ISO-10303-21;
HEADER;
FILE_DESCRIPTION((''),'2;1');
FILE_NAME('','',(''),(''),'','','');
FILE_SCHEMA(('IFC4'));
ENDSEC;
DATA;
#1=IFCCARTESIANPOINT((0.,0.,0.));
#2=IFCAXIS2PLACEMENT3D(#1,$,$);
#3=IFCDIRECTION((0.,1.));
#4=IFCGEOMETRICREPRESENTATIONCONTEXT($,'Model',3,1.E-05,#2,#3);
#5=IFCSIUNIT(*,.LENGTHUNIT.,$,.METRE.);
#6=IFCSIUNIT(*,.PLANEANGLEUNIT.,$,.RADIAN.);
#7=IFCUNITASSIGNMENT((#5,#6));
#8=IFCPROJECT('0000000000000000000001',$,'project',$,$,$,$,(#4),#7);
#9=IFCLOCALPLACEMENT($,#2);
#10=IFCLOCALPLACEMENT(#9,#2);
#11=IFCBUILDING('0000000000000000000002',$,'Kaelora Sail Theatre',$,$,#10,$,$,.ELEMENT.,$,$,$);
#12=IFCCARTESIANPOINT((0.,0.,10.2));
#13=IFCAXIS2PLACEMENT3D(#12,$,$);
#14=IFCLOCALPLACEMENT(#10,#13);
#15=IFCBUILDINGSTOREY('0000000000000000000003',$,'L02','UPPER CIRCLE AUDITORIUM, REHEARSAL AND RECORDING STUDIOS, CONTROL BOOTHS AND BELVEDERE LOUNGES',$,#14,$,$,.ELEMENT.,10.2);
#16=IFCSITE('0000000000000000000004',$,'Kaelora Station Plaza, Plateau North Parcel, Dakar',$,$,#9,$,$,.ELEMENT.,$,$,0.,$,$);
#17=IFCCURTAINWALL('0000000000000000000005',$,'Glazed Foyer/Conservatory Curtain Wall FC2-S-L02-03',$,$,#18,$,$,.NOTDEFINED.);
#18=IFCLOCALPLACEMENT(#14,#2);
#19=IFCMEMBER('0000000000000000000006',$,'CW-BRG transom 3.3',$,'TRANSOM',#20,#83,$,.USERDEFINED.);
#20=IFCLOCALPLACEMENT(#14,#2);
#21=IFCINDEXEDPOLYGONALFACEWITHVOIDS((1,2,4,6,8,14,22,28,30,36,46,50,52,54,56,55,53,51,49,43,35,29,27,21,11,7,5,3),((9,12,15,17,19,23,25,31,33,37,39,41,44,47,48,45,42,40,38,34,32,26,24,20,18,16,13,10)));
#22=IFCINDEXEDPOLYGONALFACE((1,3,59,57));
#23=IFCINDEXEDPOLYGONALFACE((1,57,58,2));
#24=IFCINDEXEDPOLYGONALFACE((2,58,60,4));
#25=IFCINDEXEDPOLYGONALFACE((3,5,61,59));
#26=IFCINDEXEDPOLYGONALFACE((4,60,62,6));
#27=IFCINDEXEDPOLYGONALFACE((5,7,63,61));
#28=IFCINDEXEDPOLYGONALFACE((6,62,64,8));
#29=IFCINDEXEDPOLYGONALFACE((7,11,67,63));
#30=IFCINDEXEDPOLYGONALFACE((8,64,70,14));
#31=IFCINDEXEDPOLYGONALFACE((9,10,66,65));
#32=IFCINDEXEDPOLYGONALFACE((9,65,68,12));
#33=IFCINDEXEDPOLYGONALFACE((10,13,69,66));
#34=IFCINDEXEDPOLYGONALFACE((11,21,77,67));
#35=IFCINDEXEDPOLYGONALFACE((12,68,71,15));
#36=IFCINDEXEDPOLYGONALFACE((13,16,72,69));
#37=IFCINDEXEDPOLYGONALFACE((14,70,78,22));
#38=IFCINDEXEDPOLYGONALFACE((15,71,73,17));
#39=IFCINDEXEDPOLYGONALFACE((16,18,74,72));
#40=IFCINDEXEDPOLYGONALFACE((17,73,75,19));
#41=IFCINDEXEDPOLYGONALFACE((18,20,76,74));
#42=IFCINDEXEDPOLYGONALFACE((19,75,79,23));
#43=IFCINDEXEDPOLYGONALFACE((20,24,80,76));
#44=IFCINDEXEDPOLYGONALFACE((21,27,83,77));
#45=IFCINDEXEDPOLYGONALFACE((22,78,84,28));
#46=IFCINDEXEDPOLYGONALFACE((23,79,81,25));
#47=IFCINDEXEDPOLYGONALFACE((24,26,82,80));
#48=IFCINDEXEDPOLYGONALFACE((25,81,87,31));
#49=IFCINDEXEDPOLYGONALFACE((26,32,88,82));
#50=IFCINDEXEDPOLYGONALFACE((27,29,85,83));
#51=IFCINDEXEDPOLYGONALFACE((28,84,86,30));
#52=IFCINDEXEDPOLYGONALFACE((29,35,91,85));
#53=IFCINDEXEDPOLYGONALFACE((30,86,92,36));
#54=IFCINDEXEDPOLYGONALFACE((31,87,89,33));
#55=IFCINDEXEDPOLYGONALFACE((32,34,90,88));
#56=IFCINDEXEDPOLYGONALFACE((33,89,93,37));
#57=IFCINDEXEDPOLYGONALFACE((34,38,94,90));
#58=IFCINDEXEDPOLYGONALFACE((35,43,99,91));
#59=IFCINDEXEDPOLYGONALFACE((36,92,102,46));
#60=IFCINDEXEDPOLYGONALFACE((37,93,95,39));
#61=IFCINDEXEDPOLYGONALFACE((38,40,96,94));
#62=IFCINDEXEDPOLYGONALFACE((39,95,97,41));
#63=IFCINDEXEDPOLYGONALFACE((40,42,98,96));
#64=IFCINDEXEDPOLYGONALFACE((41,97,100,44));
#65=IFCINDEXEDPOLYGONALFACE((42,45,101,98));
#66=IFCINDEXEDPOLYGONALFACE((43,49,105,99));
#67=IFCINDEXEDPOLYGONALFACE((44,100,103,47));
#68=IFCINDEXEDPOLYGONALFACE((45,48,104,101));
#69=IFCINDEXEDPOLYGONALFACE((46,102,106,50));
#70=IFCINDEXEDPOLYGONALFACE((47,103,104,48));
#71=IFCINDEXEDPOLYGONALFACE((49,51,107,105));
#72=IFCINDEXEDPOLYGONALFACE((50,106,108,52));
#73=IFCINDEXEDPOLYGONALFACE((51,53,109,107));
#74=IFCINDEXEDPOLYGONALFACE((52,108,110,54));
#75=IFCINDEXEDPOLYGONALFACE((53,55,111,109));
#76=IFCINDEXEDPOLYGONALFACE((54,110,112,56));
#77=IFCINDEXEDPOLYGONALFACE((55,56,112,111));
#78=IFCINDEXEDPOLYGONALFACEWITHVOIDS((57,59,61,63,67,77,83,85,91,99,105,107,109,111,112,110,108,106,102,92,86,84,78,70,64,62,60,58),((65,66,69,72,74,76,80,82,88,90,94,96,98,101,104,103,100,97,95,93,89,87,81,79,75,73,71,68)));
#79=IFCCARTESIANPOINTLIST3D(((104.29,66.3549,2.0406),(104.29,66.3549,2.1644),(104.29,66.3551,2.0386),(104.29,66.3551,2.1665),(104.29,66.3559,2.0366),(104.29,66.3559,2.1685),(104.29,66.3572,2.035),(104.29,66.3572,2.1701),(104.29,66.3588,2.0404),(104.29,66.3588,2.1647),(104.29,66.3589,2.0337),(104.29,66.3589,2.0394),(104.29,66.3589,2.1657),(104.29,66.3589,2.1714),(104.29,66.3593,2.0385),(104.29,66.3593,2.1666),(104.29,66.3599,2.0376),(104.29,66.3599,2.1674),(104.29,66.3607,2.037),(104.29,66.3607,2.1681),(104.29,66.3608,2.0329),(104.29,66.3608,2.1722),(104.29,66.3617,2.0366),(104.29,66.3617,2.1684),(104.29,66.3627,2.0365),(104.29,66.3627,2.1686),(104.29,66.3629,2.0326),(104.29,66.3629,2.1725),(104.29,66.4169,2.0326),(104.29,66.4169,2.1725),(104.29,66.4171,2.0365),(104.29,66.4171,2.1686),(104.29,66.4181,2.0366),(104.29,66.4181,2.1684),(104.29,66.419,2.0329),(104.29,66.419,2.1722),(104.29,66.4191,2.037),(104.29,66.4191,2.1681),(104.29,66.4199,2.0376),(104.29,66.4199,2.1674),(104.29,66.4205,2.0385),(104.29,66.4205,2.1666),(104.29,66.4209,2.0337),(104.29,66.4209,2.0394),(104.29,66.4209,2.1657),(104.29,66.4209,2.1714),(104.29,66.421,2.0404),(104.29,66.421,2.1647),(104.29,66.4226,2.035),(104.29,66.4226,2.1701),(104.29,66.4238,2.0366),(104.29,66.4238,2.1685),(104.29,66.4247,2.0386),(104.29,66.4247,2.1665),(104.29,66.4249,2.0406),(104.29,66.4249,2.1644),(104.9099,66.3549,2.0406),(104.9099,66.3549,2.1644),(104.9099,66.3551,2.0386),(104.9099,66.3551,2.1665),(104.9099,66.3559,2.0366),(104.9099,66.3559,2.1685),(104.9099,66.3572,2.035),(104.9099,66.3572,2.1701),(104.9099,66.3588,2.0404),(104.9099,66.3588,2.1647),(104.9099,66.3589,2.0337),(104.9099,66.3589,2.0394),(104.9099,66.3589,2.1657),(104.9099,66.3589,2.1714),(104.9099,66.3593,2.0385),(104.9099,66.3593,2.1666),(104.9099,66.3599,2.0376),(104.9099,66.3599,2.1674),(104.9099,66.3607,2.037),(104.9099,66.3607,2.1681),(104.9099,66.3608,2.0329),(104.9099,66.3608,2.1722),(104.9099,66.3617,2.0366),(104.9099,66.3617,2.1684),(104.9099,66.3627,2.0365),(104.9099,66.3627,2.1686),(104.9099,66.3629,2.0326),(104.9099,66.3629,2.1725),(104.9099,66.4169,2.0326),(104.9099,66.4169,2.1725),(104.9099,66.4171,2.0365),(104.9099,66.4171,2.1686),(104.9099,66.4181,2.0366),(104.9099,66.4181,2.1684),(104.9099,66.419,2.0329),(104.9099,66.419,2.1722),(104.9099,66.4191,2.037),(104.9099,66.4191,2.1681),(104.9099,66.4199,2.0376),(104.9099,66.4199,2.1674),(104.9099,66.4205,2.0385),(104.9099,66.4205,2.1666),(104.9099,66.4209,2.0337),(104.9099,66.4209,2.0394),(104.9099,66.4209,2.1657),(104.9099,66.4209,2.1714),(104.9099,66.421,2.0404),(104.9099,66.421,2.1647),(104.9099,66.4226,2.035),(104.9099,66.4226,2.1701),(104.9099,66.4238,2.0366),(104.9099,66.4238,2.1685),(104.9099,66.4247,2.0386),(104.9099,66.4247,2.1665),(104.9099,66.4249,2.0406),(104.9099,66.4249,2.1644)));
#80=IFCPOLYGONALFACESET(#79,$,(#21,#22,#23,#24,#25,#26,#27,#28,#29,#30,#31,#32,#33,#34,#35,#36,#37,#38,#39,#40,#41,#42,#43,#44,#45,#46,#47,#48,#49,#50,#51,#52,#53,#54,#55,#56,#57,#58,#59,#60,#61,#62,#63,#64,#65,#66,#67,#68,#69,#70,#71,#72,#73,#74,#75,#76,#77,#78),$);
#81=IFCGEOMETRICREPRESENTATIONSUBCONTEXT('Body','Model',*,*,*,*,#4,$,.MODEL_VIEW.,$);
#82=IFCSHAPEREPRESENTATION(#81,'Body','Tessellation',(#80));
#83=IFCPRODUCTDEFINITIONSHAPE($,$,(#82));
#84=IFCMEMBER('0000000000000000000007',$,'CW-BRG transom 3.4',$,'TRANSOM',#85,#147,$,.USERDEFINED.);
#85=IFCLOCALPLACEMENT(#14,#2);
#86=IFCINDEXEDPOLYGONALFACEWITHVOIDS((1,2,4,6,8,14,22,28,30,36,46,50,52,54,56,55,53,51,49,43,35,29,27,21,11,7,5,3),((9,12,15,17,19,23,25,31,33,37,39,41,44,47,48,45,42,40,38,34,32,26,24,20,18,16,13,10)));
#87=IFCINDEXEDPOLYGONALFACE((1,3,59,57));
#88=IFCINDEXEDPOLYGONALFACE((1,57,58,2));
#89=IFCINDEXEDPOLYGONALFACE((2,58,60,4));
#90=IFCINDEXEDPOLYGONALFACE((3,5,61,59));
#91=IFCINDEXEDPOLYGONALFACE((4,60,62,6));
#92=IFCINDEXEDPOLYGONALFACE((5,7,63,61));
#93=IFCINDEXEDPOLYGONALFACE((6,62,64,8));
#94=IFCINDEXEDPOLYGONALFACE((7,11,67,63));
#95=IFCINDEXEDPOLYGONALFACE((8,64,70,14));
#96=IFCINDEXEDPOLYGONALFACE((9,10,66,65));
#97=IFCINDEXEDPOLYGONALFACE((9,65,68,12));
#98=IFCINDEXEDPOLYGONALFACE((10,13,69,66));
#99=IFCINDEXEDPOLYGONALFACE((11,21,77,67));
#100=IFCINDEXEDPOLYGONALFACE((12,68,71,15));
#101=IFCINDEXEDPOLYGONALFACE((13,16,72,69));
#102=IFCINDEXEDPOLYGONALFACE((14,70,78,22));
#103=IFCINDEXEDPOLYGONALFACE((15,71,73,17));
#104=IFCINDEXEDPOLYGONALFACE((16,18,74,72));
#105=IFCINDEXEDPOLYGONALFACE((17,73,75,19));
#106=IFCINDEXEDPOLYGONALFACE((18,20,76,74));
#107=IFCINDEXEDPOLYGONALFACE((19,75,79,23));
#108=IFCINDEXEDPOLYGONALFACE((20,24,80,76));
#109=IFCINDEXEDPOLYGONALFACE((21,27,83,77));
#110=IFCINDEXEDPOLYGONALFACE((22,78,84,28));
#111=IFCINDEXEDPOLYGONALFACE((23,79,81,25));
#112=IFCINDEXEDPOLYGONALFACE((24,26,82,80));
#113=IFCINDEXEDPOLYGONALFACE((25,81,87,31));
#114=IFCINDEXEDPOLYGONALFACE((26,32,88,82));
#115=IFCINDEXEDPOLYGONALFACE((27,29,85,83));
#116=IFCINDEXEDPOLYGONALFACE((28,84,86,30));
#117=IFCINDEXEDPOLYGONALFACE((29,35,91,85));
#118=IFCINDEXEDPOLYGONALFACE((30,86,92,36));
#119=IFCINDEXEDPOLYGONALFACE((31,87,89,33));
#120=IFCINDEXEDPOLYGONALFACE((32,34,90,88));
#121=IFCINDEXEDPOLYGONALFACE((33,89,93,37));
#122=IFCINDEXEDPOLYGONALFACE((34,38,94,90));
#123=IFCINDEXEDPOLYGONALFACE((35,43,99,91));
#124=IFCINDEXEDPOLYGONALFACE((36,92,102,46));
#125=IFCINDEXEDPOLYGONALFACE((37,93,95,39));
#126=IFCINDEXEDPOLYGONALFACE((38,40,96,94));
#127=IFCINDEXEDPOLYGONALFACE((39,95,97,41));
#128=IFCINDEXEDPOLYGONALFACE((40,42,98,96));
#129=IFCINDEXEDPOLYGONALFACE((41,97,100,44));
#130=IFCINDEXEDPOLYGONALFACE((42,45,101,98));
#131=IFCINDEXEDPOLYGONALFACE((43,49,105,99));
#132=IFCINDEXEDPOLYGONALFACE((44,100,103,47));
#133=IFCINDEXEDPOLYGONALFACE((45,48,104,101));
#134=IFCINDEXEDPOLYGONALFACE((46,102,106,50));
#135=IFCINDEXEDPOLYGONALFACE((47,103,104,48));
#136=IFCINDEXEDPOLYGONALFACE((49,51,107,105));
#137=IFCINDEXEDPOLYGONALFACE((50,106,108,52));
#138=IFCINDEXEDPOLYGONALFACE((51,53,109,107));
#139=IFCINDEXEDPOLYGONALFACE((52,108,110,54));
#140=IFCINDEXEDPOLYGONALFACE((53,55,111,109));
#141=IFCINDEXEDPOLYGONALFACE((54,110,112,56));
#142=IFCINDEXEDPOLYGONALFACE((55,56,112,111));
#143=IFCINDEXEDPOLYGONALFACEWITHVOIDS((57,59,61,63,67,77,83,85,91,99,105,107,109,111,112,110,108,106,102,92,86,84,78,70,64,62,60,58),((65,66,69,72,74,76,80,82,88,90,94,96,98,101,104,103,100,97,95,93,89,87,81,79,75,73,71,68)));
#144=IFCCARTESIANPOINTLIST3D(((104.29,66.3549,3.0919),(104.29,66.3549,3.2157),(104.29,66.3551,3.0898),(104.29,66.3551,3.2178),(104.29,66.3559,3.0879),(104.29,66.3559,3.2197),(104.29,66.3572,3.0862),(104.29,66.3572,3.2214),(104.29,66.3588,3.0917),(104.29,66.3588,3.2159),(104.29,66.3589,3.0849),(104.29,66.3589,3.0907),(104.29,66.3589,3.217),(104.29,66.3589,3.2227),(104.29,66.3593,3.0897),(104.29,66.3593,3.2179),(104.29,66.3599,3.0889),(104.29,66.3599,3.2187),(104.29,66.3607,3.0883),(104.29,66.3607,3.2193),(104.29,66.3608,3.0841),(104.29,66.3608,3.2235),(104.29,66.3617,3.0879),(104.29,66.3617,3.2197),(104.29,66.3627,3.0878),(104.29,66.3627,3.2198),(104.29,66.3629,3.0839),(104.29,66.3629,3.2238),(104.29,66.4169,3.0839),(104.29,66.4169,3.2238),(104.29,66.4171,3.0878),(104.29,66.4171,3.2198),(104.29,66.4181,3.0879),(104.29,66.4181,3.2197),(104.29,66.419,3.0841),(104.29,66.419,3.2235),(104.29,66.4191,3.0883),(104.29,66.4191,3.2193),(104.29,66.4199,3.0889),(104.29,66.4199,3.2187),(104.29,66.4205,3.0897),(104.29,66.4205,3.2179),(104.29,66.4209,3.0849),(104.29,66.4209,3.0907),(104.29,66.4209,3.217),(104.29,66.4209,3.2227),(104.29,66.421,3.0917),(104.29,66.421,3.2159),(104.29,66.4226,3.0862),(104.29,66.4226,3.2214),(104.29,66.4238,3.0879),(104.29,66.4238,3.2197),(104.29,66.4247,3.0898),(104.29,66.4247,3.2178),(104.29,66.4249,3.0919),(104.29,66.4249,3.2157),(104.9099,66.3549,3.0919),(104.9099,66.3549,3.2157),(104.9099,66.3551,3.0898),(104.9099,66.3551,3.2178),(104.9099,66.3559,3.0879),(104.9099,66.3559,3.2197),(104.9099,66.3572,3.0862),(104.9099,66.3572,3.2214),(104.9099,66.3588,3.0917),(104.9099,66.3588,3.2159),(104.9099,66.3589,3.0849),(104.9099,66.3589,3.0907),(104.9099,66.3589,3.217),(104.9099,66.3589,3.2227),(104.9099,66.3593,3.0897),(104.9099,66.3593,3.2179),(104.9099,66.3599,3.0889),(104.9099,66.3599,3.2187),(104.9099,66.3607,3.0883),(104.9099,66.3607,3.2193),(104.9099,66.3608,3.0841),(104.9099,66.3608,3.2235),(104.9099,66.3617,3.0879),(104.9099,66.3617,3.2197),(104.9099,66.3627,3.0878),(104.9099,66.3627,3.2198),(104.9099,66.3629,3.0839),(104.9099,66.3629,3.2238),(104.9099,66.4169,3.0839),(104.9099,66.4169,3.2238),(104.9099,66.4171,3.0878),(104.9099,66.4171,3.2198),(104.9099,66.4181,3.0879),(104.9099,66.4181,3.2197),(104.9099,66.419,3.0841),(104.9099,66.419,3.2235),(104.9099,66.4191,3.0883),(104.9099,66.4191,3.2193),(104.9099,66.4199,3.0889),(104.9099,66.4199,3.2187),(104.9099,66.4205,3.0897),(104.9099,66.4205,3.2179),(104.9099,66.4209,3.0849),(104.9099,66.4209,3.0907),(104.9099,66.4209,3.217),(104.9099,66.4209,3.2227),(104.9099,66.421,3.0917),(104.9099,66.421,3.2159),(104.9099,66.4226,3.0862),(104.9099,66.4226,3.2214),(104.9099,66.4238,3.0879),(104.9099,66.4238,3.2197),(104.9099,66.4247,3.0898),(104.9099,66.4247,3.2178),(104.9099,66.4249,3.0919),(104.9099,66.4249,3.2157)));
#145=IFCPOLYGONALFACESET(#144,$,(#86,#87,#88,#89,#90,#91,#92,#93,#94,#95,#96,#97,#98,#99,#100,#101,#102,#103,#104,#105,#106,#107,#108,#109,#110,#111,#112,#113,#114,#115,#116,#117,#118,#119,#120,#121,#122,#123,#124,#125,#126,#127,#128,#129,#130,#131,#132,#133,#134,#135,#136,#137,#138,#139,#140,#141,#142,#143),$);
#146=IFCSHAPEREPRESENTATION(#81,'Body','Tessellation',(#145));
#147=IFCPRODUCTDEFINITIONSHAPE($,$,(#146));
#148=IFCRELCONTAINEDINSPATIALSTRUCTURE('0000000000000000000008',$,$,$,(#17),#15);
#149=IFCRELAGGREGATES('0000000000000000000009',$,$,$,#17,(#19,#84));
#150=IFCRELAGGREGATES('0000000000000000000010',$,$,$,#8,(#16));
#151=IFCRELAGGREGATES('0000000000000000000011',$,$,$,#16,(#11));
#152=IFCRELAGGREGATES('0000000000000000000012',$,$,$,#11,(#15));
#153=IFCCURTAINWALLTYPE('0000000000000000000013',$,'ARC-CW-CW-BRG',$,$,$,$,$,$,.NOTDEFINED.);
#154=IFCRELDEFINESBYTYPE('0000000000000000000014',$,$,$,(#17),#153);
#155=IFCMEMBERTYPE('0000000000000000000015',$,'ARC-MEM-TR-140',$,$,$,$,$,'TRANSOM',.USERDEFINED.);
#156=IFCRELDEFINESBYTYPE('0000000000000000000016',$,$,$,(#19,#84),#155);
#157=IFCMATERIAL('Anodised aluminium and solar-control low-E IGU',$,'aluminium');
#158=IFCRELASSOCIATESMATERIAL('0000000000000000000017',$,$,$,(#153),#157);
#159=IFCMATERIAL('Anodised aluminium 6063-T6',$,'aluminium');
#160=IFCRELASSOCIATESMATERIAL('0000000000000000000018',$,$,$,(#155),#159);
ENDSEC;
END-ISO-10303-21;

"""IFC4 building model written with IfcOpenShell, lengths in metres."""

from ifc_helpers import new_model, si_unit, direction, frame, origin, origin_2d, place, context, subcontext, project, spatial, hollow_rectangle, extrude, material, material_profile, profile_set, type_object, element, aggregate, save


model = new_model("IFC4")

# Units and contexts
model_context = context("Model", 3, precision=1e-05, world=origin(), true_north=direction((0.0, 1.0)))
body_context = subcontext(model_context, "Body", "Model", "MODEL_VIEW")
ifc_project = project(units=[si_unit("LENGTHUNIT", "METRE"), si_unit("PLANEANGLEUNIT", "RADIAN")], contexts=[model_context])

# Site, building, storey
site_placement = place(None, origin())
site = spatial("IfcSite", under=ifc_project, at=site_placement, Name="Kaelora Station Plaza, Plateau North Parcel, Dakar", CompositionType="ELEMENT", RefElevation=0.0)
building_placement = place(site_placement, origin())
building = spatial("IfcBuilding", under=site, at=building_placement, Name="Kaelora Sail Theatre", CompositionType="ELEMENT")
storey_placement = place(building_placement, frame((0.0, 0.0, 10.2)))
storey = spatial("IfcBuildingStorey", under=building, at=storey_placement, Name="L02", Description="UPPER CIRCLE AUDITORIUM, REHEARSAL AND RECORDING STUDIOS, CONTROL BOOTHS AND BELVEDERE LOUNGES", CompositionType="ELEMENT", Elevation=10.2)

# Curtain wall, members
ifc_material_1 = material(Name="Anodised aluminium and solar-control low-E IGU", Category="aluminium")
curtain_wall_type = type_object("IfcCurtainWallType", Name="ARC-CW-CW-BRG", PredefinedType="NOTDEFINED", material=ifc_material_1)
curtain_wall_placement = place(storey_placement, origin())
curtain_wall = element("IfcCurtainWall", 1, at=curtain_wall_placement, inside=storey, type_object=curtain_wall_type, Name="Glazed Foyer/Conservatory Curtain Wall FC2-S-L02-03", PredefinedType="NOTDEFINED")
ifc_material_2 = material(Name="Anodised aluminium 6063-T6", Category="aluminium")
ifc_material_profile_1 = material_profile(ifc_material_2, hollow_rectangle(XDim=0.0701, YDim=0.1399, WallThickness=0.0039, InnerFilletRadius=0.0039, OuterFilletRadius=0.0081, at=origin_2d()), Name="ALU-TRAN 70x140x4")
ifc_profile_set_1 = profile_set([ifc_material_profile_1], Name="Anodised aluminium 6063-T6")
member_type_1 = type_object("IfcMemberType", Name="ARC-MEM-TR-140", ElementType="TRANSOM", PredefinedType="USERDEFINED", material=ifc_profile_set_1)
member_1_placement = place(storey_placement, frame((104.29, 66.3899, 2.1025), z_axis=(1.0, 0.0, 0.0), x_axis=(0.0, 1.0, 0.0)))
member_1 = element("IfcMember", 2, at=member_1_placement, type_object=member_type_1, Name="CW-BRG transom 3.3", ObjectType="TRANSOM", PredefinedType="USERDEFINED", context=body_context, shape_type="SweptSolid", body=[
    extrude(hollow_rectangle(XDim=0.0701, YDim=0.1399, WallThickness=0.0039, InnerFilletRadius=0.0039, OuterFilletRadius=0.0081, at=origin_2d()), origin(), (0.0, 0.0, 1.0), 0.6199),
])
member_2_placement = place(storey_placement, frame((104.29, 66.3899, 3.1538), z_axis=(1.0, 0.0, 0.0), x_axis=(0.0, 1.0, 0.0)))
member_2 = element("IfcMember", 3, at=member_2_placement, type_object=member_type_1, Name="CW-BRG transom 3.4", ObjectType="TRANSOM", PredefinedType="USERDEFINED", context=body_context, shape_type="SweptSolid", body=[
    extrude(hollow_rectangle(XDim=0.0701, YDim=0.1399, WallThickness=0.0039, InnerFilletRadius=0.0039, OuterFilletRadius=0.0081, at=origin_2d()), origin(), (0.0, 0.0, 1.0), 0.6199),
])
aggregate(curtain_wall, [member_1, member_2])

save(model, "model.ifc")
